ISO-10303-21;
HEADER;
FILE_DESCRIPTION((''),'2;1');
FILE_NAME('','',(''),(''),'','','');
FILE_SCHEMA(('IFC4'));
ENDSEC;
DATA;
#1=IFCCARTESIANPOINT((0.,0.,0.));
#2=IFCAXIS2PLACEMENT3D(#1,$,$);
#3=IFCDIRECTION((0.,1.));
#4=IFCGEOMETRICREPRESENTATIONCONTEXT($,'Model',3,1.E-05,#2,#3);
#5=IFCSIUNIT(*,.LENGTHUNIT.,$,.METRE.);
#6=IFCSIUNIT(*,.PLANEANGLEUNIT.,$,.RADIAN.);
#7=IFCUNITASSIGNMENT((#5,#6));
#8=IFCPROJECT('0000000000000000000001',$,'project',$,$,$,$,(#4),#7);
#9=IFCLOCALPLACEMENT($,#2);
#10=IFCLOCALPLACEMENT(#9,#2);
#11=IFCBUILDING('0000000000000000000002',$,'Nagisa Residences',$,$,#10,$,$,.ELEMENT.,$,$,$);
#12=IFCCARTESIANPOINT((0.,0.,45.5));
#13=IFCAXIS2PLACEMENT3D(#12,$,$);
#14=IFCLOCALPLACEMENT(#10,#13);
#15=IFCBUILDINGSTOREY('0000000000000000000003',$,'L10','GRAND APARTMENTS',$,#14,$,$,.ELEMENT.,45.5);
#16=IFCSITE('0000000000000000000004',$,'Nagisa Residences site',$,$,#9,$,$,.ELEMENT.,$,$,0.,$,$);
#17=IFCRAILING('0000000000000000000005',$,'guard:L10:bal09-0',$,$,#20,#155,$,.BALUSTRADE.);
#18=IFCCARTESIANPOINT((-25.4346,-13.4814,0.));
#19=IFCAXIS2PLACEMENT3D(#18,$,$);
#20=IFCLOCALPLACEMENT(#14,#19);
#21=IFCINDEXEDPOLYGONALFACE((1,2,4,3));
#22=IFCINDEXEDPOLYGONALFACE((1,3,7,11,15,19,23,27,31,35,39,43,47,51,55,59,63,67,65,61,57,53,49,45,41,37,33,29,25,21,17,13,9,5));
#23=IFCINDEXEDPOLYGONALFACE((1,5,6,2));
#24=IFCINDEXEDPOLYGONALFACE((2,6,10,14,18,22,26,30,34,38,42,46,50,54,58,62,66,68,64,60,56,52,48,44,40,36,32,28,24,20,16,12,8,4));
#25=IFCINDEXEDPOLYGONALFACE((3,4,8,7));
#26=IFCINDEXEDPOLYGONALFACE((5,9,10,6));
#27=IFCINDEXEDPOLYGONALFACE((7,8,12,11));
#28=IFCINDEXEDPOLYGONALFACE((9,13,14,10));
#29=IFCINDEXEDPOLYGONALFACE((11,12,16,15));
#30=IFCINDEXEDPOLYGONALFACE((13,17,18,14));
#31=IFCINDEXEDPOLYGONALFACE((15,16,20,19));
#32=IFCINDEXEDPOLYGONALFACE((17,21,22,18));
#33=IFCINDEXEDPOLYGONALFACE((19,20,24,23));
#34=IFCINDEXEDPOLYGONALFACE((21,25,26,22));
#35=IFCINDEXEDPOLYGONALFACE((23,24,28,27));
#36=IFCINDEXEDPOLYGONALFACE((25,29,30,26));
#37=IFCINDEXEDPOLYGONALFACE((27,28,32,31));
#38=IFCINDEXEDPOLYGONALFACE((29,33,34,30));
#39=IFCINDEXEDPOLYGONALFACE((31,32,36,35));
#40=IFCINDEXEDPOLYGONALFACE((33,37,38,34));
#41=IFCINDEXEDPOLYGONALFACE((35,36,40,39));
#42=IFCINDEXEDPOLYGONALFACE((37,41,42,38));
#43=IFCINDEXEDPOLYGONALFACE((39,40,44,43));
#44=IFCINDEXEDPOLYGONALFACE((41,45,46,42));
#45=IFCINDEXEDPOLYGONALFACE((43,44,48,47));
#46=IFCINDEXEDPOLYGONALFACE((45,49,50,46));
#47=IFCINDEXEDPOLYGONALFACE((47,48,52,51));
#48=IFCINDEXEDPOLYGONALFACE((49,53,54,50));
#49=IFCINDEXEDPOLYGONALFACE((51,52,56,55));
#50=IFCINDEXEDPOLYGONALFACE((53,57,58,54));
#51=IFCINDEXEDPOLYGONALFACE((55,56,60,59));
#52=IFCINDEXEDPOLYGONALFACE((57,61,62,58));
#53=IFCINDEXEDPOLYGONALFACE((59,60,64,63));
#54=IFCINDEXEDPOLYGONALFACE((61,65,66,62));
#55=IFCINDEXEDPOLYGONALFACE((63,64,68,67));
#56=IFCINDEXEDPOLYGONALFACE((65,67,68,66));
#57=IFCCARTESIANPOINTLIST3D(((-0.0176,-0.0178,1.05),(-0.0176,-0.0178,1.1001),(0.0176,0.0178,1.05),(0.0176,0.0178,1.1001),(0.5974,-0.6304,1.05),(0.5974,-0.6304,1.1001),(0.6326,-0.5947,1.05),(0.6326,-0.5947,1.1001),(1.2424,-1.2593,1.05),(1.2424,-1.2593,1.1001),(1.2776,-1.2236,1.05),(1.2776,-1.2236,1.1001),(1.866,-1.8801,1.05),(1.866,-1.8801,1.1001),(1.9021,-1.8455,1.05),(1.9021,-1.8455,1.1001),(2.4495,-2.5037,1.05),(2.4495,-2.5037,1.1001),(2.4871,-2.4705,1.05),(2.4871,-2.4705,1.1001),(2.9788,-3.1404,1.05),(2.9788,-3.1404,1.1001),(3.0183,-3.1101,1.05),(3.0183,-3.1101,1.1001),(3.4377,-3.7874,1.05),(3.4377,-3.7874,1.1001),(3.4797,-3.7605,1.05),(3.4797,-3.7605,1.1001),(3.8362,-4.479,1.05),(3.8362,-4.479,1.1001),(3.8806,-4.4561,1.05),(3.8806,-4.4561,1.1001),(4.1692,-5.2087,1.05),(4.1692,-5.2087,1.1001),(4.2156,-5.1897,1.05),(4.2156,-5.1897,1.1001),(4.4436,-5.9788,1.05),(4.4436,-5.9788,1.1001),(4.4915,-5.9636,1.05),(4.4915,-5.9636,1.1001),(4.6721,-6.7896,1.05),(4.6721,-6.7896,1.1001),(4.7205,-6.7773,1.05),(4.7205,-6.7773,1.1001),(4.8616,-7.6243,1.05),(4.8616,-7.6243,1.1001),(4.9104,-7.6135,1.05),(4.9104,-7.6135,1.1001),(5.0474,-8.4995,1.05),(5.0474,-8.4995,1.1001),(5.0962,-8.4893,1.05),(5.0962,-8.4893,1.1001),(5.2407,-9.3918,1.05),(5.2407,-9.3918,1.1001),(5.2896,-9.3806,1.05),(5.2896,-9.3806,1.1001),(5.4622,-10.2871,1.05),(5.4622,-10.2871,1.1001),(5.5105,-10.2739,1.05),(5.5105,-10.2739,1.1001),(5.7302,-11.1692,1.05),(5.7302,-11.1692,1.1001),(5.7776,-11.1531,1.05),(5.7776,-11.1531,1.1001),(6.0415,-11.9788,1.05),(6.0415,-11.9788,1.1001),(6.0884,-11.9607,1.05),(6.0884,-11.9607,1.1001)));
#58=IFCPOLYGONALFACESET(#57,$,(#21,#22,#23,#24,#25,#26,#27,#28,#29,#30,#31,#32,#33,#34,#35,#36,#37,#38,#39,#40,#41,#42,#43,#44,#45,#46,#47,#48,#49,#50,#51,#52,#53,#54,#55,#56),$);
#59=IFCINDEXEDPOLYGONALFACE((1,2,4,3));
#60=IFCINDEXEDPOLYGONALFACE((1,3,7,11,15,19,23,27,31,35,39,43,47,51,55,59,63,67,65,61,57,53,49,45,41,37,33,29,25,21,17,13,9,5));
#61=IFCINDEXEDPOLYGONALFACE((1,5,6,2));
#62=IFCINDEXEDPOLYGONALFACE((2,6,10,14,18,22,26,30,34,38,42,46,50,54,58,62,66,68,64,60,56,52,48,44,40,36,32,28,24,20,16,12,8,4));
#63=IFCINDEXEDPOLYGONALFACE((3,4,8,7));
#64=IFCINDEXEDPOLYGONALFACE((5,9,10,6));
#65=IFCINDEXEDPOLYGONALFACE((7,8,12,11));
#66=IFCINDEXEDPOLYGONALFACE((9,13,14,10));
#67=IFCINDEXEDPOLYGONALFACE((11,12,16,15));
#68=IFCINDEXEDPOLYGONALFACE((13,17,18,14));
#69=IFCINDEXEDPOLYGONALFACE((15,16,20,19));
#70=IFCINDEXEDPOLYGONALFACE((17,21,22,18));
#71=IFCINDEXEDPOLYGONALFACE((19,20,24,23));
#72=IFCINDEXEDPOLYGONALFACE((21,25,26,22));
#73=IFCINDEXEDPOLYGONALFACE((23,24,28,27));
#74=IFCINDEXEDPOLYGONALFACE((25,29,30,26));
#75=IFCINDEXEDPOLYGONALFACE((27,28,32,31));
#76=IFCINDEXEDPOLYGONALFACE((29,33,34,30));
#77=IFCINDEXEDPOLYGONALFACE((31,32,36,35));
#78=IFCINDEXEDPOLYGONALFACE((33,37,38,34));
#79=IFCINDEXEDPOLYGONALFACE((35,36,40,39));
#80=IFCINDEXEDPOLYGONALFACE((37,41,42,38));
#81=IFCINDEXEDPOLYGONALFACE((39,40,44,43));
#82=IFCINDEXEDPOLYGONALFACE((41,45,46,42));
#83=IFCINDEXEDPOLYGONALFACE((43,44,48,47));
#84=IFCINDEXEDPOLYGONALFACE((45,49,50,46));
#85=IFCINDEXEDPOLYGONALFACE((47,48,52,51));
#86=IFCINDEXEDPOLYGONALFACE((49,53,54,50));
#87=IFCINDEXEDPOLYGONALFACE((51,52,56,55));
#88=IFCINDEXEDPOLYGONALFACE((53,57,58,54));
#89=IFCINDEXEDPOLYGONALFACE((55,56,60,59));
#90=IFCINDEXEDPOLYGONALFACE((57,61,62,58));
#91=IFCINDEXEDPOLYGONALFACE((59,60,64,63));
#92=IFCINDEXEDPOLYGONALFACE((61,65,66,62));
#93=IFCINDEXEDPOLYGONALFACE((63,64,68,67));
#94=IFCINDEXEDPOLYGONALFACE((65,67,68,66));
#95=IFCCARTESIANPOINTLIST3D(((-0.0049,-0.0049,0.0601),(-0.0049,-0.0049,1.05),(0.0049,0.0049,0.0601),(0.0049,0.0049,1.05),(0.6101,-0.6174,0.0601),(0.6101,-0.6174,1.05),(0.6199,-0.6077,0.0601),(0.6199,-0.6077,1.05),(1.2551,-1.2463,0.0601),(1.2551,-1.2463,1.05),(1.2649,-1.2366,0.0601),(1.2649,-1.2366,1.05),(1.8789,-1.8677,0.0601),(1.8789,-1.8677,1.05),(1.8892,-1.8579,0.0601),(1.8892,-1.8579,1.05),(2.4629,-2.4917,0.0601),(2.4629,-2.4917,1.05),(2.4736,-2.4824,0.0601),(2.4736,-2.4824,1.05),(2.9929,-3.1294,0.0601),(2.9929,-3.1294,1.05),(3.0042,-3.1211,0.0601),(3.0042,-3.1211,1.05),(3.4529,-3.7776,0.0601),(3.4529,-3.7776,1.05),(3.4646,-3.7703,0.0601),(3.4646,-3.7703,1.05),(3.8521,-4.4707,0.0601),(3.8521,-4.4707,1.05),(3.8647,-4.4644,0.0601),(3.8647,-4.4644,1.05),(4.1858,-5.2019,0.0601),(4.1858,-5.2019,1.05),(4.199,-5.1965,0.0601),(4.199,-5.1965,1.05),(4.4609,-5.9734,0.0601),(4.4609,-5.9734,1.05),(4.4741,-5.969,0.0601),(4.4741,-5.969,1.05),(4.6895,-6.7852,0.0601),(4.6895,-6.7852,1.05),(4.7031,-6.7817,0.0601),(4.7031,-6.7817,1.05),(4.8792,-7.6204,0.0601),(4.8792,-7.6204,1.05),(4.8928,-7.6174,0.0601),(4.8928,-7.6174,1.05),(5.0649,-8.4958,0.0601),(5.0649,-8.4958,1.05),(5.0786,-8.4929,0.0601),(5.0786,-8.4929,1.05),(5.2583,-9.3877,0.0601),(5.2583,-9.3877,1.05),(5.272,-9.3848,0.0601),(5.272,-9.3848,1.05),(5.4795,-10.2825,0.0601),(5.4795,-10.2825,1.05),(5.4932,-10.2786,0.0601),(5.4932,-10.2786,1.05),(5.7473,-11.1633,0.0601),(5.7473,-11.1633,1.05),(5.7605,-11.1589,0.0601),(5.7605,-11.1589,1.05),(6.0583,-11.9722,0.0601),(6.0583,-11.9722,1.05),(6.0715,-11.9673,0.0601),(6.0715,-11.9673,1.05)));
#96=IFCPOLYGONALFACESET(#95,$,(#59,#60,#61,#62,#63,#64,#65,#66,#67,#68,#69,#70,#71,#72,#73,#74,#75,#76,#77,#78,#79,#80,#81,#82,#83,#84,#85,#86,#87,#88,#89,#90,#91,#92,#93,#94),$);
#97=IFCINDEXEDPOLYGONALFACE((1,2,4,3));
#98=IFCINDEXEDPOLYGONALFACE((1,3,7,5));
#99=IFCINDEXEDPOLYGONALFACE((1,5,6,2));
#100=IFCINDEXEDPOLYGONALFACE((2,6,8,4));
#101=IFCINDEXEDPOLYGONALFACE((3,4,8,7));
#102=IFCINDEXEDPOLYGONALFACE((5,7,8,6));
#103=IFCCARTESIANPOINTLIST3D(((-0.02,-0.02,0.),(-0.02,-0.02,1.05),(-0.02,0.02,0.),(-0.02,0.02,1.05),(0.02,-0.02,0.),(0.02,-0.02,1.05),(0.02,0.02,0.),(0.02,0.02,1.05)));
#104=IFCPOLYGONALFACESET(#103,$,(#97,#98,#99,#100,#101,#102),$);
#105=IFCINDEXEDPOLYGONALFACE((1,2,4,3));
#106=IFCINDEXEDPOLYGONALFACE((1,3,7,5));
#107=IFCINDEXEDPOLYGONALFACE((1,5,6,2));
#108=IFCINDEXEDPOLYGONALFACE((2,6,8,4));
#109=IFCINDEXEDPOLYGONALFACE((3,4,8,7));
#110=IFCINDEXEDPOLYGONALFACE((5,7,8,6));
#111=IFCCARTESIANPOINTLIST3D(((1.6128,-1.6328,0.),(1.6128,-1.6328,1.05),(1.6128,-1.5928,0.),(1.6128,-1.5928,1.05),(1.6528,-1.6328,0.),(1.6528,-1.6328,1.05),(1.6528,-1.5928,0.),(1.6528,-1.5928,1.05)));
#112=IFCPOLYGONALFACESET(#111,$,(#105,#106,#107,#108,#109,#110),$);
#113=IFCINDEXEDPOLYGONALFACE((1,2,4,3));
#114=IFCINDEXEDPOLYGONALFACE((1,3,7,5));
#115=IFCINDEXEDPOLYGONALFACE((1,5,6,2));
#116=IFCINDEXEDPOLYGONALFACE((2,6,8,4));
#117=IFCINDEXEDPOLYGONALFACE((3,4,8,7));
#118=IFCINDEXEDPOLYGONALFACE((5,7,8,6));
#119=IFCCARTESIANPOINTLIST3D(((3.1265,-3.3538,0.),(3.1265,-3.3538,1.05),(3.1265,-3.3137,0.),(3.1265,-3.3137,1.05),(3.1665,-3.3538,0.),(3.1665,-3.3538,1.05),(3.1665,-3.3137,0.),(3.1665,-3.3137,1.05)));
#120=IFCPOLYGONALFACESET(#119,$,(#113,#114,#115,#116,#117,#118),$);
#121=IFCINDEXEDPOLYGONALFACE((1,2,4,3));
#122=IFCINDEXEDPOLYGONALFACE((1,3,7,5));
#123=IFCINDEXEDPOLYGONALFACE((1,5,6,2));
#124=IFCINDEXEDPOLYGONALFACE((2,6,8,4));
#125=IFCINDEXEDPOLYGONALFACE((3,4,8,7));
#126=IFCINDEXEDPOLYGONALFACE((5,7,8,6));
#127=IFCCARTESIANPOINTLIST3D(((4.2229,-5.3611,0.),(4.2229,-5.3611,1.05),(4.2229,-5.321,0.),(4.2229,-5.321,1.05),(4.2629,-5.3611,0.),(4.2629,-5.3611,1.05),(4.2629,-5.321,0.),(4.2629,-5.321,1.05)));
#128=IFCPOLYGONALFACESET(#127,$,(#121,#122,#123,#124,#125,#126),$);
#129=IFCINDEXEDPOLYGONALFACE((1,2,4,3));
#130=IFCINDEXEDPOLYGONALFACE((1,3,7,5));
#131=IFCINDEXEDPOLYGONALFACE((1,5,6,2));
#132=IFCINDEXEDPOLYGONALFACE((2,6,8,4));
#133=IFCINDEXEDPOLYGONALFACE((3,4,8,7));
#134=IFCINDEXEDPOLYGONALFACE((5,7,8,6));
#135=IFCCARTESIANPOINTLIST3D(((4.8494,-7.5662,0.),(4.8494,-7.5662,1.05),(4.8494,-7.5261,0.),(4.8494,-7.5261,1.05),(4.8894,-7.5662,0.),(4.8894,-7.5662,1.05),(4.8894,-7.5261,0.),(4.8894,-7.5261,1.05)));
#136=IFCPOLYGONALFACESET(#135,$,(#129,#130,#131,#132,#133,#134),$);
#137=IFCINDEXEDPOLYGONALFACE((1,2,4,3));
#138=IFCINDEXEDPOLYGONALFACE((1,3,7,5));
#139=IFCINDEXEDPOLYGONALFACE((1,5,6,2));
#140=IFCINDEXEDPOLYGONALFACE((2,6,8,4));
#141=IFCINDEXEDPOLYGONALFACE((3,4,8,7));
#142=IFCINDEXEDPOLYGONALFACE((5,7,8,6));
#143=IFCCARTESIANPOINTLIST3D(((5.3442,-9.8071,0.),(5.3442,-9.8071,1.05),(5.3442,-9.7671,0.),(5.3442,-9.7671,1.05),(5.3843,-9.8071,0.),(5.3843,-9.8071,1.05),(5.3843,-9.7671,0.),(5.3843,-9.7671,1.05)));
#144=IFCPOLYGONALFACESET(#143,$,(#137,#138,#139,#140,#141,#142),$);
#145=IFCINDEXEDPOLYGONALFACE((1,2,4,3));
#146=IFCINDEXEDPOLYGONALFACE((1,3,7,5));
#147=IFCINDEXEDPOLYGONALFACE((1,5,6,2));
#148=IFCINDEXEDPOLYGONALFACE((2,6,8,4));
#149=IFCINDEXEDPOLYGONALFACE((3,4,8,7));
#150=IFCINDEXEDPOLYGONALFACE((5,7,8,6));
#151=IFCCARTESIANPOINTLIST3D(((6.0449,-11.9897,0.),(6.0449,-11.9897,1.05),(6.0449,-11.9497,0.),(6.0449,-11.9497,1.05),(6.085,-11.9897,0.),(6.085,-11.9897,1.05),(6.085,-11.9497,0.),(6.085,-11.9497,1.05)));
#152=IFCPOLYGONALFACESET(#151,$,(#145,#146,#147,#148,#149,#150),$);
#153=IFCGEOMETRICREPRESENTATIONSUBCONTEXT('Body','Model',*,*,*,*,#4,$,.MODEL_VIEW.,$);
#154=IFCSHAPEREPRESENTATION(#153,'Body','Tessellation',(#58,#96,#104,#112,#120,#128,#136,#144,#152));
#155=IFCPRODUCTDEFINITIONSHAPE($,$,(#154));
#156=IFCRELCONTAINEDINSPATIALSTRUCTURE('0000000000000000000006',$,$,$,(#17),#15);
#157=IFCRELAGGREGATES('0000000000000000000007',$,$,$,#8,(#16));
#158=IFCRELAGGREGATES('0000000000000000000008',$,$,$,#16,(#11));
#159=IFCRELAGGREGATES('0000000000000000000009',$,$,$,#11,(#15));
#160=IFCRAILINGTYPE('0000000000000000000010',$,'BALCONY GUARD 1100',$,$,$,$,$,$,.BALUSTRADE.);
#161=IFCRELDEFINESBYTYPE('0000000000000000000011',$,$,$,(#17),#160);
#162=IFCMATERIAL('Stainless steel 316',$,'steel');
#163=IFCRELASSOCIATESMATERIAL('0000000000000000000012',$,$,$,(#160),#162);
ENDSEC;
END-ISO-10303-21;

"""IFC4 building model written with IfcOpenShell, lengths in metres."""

from ifc_helpers import new_model, si_unit, direction, frame, origin, origin_2d, place, context, subcontext, project, spatial, polyline, rectangle, outline, extrude, material, type_object, element, save


model = new_model("IFC4")

# Units and contexts
model_context = context("Model", 3, precision=1e-05, world=origin(), true_north=direction((0.0, 1.0)))
body_context = subcontext(model_context, "Body", "Model", "MODEL_VIEW")
ifc_project = project(units=[si_unit("LENGTHUNIT", "METRE"), si_unit("PLANEANGLEUNIT", "RADIAN")], contexts=[model_context])

# Site, building, storey
site_placement = place(None, origin())
site = spatial("IfcSite", under=ifc_project, at=site_placement, Name="Nagisa Residences site", CompositionType="ELEMENT", RefElevation=0.0)
building_placement = place(site_placement, origin())
building = spatial("IfcBuilding", under=site, at=building_placement, Name="Nagisa Residences", CompositionType="ELEMENT")
storey_placement = place(building_placement, frame((0.0, 0.0, 45.5)))
storey = spatial("IfcBuildingStorey", under=building, at=storey_placement, Name="L10", Description="GRAND APARTMENTS", CompositionType="ELEMENT", Elevation=45.5)

# Railing
ifc_material_1 = material(Name="Stainless steel 316", Category="steel")
railing_type = type_object("IfcRailingType", Name="BALCONY GUARD 1100", PredefinedType="BALUSTRADE", material=ifc_material_1)
railing_1_placement = place(storey_placement, frame((-25.4346, -13.4814, 0.0)))
element("IfcRailing", 1, at=railing_1_placement, inside=storey, type_object=railing_type, Name="guard:L10:bal09-0", PredefinedType="BALUSTRADE", context=body_context, shape_type="SweptSolid", body=[
    extrude(outline(polyline([(0.6326, -0.5947), (0.0176, 0.0178), (-0.0176, -0.0178), (0.5974, -0.6304), (1.2424, -1.2593), (1.866, -1.8801), (2.4495, -2.5037), (2.9788, -3.1404), (3.4377, -3.7874), (3.8362, -4.479), (4.1692, -5.2087), (4.4436, -5.9788), (4.6721, -6.7896), (4.8616, -7.6243), (5.0474, -8.4995), (5.2407, -9.3918), (5.4622, -10.2871), (5.7302, -11.1692), (6.0415, -11.9788), (6.0884, -11.9607), (5.7776, -11.1531), (5.5105, -10.2739), (5.2896, -9.3806), (5.0962, -8.4893), (4.9104, -7.6135), (4.7205, -6.7773), (4.4915, -5.9636), (4.2156, -5.1897), (3.8806, -4.4561), (3.4797, -3.7605), (3.0183, -3.1101), (2.4871, -2.4705), (1.9021, -1.8455), (1.2776, -1.2236), (0.6326, -0.5947)])), frame((0.0, 0.0, 1.05)), (0.0, 0.0, 1.0), 0.05),
    extrude(outline(polyline([(0.6199, -0.6077), (0.0049, 0.0049), (-0.0049, -0.0049), (0.6101, -0.6174), (1.2551, -1.2463), (1.8789, -1.8677), (2.4629, -2.4917), (2.9929, -3.1294), (3.4529, -3.7776), (3.8521, -4.4707), (4.1858, -5.2019), (4.4609, -5.9734), (4.6895, -6.7852), (4.8792, -7.6204), (5.0649, -8.4958), (5.2583, -9.3877), (5.4795, -10.2825), (5.7473, -11.1633), (6.0583, -11.9722), (6.0715, -11.9673), (5.7605, -11.1589), (5.4932, -10.2786), (5.272, -9.3848), (5.0786, -8.4929), (4.8928, -7.6174), (4.7031, -6.7817), (4.4741, -5.969), (4.199, -5.1965), (3.8647, -4.4644), (3.4646, -3.7703), (3.0042, -3.1211), (2.4736, -2.4824), (1.8892, -1.8579), (1.2649, -1.2366), (0.6199, -0.6077)])), frame((0.0, 0.0, 0.0601)), (0.0, 0.0, 1.0), 0.99),
    extrude(rectangle(XDim=0.04, YDim=0.04, at=origin_2d()), origin(), (0.0, 0.0, 1.0), 1.05),
    extrude(rectangle(XDim=0.04, YDim=0.04, at=origin_2d()), frame((1.6328, -1.6128, 0.0)), (0.0, 0.0, 1.0), 1.05),
    extrude(rectangle(XDim=0.04, YDim=0.04, at=origin_2d()), frame((3.1465, -3.3337, 0.0)), (0.0, 0.0, 1.0), 1.05),
    extrude(rectangle(XDim=0.04, YDim=0.04, at=origin_2d()), frame((4.2429, -5.3411, 0.0)), (0.0, 0.0, 1.0), 1.05),
    extrude(rectangle(XDim=0.04, YDim=0.04, at=origin_2d()), frame((4.8694, -7.5461, 0.0)), (0.0, 0.0, 1.0), 1.05),
    extrude(rectangle(XDim=0.04, YDim=0.04, at=origin_2d()), frame((5.3643, -9.7871, 0.0)), (0.0, 0.0, 1.0), 1.05),
    extrude(rectangle(XDim=0.04, YDim=0.04, at=origin_2d()), frame((6.0649, -11.9697, 0.0)), (0.0, 0.0, 1.0), 1.05),
])

save(model, "model.ifc")
